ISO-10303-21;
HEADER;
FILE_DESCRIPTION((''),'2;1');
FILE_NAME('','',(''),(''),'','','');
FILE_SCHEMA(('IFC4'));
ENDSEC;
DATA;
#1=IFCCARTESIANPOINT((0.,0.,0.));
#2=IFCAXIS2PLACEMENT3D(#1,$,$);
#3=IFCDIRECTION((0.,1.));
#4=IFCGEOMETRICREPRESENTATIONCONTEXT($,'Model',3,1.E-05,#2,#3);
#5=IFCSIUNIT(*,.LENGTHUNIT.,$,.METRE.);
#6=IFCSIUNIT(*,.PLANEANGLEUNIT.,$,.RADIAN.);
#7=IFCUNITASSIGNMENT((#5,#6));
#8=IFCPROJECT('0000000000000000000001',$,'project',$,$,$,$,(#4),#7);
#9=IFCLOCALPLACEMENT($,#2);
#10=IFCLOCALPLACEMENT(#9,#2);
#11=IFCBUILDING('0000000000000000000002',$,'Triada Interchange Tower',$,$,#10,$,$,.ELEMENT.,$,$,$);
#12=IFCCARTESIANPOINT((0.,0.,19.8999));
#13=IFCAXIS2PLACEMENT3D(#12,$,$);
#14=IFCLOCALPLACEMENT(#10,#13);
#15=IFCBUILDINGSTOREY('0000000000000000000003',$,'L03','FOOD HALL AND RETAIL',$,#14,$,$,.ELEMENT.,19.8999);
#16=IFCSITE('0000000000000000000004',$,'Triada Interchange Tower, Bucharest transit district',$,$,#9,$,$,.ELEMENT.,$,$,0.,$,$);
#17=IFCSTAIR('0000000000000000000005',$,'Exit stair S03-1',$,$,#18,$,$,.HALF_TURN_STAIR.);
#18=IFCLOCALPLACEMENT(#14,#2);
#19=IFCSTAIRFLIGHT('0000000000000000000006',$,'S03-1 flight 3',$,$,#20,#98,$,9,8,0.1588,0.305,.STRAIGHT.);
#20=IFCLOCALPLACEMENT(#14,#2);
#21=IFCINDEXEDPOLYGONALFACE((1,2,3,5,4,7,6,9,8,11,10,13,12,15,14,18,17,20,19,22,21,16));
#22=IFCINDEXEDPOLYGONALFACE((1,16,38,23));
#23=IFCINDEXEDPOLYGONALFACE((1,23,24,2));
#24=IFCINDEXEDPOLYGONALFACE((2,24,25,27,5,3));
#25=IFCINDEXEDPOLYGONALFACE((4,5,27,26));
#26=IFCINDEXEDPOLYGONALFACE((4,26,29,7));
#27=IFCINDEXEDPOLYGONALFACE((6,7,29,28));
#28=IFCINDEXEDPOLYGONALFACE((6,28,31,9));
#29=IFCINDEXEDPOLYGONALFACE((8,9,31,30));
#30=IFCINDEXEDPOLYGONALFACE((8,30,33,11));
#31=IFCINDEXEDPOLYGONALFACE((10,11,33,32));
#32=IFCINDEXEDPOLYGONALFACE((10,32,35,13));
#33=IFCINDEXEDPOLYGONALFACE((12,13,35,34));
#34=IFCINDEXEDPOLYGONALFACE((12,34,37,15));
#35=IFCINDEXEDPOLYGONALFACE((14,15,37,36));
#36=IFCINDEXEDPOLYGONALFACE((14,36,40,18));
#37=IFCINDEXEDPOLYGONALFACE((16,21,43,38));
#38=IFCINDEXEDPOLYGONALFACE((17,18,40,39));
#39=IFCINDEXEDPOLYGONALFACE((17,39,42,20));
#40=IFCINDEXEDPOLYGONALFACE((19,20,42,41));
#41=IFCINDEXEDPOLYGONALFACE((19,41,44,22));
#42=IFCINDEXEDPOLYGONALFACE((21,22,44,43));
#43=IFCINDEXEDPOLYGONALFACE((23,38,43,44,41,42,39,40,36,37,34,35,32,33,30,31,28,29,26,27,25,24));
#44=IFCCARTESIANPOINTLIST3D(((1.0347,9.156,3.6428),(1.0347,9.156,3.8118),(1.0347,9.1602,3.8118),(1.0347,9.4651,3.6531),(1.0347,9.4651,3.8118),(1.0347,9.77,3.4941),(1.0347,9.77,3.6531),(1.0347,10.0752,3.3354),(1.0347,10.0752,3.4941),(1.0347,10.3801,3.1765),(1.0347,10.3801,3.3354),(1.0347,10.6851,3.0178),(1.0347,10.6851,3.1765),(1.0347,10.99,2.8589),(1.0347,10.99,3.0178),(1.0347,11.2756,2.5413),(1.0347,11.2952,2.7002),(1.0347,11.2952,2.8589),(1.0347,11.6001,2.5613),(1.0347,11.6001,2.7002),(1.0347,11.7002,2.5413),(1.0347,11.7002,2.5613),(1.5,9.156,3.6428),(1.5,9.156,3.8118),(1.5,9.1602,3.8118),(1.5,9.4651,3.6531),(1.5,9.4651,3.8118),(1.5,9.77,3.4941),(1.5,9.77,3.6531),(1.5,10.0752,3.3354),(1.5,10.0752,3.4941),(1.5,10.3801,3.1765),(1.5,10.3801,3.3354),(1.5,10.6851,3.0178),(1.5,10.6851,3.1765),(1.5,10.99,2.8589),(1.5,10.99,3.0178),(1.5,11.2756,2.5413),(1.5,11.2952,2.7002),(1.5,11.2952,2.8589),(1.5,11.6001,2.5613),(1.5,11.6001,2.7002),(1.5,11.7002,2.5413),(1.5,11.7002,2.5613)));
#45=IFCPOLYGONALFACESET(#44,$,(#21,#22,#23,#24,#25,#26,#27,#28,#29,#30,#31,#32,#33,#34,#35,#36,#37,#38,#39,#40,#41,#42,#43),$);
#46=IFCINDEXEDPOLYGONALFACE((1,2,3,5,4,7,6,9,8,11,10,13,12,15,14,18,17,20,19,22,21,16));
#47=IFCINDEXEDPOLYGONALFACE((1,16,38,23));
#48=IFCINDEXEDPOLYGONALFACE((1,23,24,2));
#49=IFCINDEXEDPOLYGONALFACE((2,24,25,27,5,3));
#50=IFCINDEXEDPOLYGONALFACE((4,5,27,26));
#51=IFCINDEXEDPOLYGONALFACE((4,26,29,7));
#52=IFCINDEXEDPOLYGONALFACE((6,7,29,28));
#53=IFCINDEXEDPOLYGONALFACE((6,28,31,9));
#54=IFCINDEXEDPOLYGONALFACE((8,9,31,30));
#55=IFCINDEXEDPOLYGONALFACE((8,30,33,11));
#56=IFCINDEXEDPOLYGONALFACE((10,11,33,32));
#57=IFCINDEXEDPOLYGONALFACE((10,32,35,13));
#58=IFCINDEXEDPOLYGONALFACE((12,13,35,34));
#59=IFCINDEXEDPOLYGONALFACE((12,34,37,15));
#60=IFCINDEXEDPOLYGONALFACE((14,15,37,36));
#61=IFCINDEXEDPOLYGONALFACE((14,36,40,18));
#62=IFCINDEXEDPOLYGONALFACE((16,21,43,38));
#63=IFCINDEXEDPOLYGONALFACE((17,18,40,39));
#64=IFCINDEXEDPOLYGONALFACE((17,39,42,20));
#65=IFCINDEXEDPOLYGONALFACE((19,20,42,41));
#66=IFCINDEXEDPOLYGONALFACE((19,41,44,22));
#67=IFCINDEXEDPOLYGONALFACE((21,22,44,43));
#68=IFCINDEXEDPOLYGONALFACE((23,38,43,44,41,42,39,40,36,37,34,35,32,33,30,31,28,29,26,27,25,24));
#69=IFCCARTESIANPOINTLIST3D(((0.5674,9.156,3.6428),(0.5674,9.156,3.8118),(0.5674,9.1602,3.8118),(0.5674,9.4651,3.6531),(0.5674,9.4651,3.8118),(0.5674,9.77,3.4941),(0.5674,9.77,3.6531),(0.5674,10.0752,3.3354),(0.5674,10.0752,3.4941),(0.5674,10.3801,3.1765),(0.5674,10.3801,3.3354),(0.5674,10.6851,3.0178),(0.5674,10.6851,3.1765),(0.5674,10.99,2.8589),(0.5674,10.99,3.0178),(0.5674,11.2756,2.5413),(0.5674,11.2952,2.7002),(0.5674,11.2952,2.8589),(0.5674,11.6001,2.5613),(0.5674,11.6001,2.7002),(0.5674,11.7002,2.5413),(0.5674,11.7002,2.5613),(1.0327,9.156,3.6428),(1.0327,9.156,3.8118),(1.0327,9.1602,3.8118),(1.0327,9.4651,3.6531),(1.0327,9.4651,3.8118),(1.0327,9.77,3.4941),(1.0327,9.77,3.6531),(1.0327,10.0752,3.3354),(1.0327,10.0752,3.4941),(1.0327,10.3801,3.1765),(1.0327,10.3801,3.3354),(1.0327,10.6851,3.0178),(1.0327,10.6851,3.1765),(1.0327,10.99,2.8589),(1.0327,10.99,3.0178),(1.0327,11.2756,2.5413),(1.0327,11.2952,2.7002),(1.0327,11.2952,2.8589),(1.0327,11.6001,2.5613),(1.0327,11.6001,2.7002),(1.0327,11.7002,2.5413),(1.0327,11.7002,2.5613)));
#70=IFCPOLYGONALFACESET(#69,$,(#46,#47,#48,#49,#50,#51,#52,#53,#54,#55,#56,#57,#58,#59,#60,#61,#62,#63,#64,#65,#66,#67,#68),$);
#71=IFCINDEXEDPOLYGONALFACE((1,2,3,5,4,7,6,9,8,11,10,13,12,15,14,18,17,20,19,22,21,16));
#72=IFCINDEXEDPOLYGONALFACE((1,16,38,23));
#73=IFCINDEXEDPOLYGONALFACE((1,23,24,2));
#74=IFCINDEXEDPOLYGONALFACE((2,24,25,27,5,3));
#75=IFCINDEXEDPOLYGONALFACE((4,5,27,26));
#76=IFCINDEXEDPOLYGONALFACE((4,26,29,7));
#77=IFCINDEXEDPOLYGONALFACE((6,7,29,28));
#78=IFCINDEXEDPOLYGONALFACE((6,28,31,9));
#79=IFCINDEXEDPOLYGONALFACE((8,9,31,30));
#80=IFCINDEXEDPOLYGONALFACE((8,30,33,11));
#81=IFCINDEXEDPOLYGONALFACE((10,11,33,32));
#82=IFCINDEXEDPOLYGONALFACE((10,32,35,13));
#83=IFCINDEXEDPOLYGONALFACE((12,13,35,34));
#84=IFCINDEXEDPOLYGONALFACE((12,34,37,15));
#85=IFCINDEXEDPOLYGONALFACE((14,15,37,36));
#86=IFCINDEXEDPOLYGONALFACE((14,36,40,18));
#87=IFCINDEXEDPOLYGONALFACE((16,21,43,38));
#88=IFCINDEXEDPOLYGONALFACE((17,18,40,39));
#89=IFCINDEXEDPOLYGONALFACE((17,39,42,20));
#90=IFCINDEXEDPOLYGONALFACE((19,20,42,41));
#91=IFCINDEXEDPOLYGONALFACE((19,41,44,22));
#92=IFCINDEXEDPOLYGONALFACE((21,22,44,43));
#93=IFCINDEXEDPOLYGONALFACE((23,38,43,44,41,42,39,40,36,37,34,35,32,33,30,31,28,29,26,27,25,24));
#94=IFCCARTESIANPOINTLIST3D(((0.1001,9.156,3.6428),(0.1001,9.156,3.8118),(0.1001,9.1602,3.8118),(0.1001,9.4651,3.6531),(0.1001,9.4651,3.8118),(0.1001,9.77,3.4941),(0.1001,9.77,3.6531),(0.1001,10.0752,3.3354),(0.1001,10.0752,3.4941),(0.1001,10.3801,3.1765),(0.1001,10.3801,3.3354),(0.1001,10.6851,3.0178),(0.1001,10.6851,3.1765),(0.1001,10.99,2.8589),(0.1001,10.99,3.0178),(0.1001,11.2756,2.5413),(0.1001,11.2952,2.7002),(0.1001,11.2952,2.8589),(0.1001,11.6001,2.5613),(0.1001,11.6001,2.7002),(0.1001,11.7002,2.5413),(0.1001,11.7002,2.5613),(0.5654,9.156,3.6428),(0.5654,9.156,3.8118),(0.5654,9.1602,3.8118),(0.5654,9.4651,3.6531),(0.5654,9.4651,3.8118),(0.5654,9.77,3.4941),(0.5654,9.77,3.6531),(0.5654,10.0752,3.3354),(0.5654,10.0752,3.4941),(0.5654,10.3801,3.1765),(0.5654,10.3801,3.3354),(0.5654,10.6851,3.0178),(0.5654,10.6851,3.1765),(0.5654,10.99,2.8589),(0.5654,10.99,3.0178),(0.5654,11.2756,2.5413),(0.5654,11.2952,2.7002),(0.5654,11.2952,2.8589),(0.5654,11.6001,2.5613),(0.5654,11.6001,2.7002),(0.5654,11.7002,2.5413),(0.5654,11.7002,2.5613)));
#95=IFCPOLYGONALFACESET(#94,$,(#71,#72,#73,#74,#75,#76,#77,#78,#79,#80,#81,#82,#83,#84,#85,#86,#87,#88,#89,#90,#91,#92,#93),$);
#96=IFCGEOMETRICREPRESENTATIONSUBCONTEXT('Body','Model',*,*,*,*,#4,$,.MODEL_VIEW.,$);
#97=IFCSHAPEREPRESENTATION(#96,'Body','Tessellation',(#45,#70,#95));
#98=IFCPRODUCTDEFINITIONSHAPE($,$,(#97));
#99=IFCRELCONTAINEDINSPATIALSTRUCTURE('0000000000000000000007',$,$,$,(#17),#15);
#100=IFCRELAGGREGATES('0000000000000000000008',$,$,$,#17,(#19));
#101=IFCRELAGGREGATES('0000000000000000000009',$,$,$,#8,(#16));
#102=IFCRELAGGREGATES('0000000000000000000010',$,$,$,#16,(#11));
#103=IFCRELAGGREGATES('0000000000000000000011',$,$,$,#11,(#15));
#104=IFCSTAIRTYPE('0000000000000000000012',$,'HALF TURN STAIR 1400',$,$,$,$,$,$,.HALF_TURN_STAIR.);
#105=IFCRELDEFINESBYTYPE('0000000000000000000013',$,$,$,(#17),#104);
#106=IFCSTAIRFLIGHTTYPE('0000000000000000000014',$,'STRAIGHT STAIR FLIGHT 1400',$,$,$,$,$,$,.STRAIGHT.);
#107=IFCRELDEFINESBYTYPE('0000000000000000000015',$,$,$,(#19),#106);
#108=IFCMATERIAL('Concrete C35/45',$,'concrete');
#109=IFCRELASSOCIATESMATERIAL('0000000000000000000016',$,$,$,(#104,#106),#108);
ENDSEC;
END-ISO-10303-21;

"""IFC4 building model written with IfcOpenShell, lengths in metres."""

from ifc_helpers import new_model, si_unit, direction, frame, origin, place, context, subcontext, project, spatial, polyline, outline, extrude, material, type_object, element, aggregate, save


model = new_model("IFC4")

# Units and contexts
model_context = context("Model", 3, precision=1e-05, world=origin(), true_north=direction((0.0, 1.0)))
body_context = subcontext(model_context, "Body", "Model", "MODEL_VIEW")
ifc_project = project(units=[si_unit("LENGTHUNIT", "METRE"), si_unit("PLANEANGLEUNIT", "RADIAN")], contexts=[model_context])

# Site, building, storey
site_placement = place(None, origin())
site = spatial("IfcSite", under=ifc_project, at=site_placement, Name="Triada Interchange Tower, Bucharest transit district", CompositionType="ELEMENT", RefElevation=0.0)
building_placement = place(site_placement, origin())
building = spatial("IfcBuilding", under=site, at=building_placement, Name="Triada Interchange Tower", CompositionType="ELEMENT")
storey_placement = place(building_placement, frame((0.0, 0.0, 19.8999)))
storey = spatial("IfcBuildingStorey", under=building, at=storey_placement, Name="L03", Description="FOOD HALL AND RETAIL", CompositionType="ELEMENT", Elevation=19.8999)

# Shared definitions
ifc_material_1 = material(Name="Concrete C35/45", Category="concrete")

# Stair, stair flight
stair_type = type_object("IfcStairType", Name="HALF TURN STAIR 1400", PredefinedType="HALF_TURN_STAIR", material=ifc_material_1)
stair_placement = place(storey_placement, origin())
stair = element("IfcStair", 1, at=stair_placement, inside=storey, type_object=stair_type, Name="Exit stair S03-1", PredefinedType="HALF_TURN_STAIR")
stair_flight_type = type_object("IfcStairFlightType", Name="STRAIGHT STAIR FLIGHT 1400", PredefinedType="STRAIGHT", material=ifc_material_1)
stair_flight_1_placement = place(storey_placement, frame((0.8, 11.6001, 2.5413), z_axis=(0.0, 0.0, 1.0), x_axis=(0.0, -1.0, 0.0)))
stair_flight_1 = element("IfcStairFlight", 2, at=stair_flight_1_placement, type_object=stair_flight_type, Name="S03-1 flight 3", NumberOfRisers=9, NumberOfTreads=8, PredefinedType="STRAIGHT", RiserHeight=0.1588, TreadLength=0.305, context=body_context, shape_type="SweptSolid", body=[
    extrude(outline(polyline([(-0.1001, 0.0), (-0.1001, 0.02), (0.0, 0.02), (0.0, 0.1589), (0.3049, 0.1589), (0.3049, 0.3176), (0.6101, 0.3176), (0.6101, 0.4766), (0.915, 0.4766), (0.915, 0.6353), (1.22, 0.6353), (1.22, 0.7942), (1.5249, 0.7942), (1.5249, 0.9529), (1.8301, 0.9529), (1.8301, 1.1118), (2.135, 1.1118), (2.135, 1.2705), (2.4399, 1.2705), (2.4441, 1.2705), (2.4441, 1.4294), (2.4441, 1.1016), (0.3245, 0.0), (-0.1001, 0.0)])), frame((0.0, 0.7, 0.0), z_axis=(0.0, -1.0, 0.0), x_axis=(1.0, 0.0, 0.0)), (0.0, 0.0, 1.0), 0.4653),
    extrude(outline(polyline([(-0.1001, 0.0), (-0.1001, 0.02), (0.0, 0.02), (0.0, 0.1589), (0.3049, 0.1589), (0.3049, 0.3176), (0.6101, 0.3176), (0.6101, 0.4766), (0.915, 0.4766), (0.915, 0.6353), (1.22, 0.6353), (1.22, 0.7942), (1.5249, 0.7942), (1.5249, 0.9529), (1.8301, 0.9529), (1.8301, 1.1118), (2.135, 1.1118), (2.135, 1.2705), (2.4399, 1.2705), (2.4441, 1.2705), (2.4441, 1.4294), (2.4441, 1.1016), (0.3245, 0.0), (-0.1001, 0.0)])), frame((0.0, 0.2327, 0.0), z_axis=(0.0, -1.0, 0.0), x_axis=(1.0, 0.0, 0.0)), (0.0, 0.0, 1.0), 0.4653),
    extrude(outline(polyline([(-0.1001, 0.0), (-0.1001, 0.02), (0.0, 0.02), (0.0, 0.1589), (0.3049, 0.1589), (0.3049, 0.3176), (0.6101, 0.3176), (0.6101, 0.4766), (0.915, 0.4766), (0.915, 0.6353), (1.22, 0.6353), (1.22, 0.7942), (1.5249, 0.7942), (1.5249, 0.9529), (1.8301, 0.9529), (1.8301, 1.1118), (2.135, 1.1118), (2.135, 1.2705), (2.4399, 1.2705), (2.4441, 1.2705), (2.4441, 1.4294), (2.4441, 1.1016), (0.3245, 0.0), (-0.1001, 0.0)])), frame((0.0, -0.2346, 0.0), z_axis=(0.0, -1.0, 0.0), x_axis=(1.0, 0.0, 0.0)), (0.0, 0.0, 1.0), 0.4653),
])
aggregate(stair, [stair_flight_1])

save(model, "model.ifc")
